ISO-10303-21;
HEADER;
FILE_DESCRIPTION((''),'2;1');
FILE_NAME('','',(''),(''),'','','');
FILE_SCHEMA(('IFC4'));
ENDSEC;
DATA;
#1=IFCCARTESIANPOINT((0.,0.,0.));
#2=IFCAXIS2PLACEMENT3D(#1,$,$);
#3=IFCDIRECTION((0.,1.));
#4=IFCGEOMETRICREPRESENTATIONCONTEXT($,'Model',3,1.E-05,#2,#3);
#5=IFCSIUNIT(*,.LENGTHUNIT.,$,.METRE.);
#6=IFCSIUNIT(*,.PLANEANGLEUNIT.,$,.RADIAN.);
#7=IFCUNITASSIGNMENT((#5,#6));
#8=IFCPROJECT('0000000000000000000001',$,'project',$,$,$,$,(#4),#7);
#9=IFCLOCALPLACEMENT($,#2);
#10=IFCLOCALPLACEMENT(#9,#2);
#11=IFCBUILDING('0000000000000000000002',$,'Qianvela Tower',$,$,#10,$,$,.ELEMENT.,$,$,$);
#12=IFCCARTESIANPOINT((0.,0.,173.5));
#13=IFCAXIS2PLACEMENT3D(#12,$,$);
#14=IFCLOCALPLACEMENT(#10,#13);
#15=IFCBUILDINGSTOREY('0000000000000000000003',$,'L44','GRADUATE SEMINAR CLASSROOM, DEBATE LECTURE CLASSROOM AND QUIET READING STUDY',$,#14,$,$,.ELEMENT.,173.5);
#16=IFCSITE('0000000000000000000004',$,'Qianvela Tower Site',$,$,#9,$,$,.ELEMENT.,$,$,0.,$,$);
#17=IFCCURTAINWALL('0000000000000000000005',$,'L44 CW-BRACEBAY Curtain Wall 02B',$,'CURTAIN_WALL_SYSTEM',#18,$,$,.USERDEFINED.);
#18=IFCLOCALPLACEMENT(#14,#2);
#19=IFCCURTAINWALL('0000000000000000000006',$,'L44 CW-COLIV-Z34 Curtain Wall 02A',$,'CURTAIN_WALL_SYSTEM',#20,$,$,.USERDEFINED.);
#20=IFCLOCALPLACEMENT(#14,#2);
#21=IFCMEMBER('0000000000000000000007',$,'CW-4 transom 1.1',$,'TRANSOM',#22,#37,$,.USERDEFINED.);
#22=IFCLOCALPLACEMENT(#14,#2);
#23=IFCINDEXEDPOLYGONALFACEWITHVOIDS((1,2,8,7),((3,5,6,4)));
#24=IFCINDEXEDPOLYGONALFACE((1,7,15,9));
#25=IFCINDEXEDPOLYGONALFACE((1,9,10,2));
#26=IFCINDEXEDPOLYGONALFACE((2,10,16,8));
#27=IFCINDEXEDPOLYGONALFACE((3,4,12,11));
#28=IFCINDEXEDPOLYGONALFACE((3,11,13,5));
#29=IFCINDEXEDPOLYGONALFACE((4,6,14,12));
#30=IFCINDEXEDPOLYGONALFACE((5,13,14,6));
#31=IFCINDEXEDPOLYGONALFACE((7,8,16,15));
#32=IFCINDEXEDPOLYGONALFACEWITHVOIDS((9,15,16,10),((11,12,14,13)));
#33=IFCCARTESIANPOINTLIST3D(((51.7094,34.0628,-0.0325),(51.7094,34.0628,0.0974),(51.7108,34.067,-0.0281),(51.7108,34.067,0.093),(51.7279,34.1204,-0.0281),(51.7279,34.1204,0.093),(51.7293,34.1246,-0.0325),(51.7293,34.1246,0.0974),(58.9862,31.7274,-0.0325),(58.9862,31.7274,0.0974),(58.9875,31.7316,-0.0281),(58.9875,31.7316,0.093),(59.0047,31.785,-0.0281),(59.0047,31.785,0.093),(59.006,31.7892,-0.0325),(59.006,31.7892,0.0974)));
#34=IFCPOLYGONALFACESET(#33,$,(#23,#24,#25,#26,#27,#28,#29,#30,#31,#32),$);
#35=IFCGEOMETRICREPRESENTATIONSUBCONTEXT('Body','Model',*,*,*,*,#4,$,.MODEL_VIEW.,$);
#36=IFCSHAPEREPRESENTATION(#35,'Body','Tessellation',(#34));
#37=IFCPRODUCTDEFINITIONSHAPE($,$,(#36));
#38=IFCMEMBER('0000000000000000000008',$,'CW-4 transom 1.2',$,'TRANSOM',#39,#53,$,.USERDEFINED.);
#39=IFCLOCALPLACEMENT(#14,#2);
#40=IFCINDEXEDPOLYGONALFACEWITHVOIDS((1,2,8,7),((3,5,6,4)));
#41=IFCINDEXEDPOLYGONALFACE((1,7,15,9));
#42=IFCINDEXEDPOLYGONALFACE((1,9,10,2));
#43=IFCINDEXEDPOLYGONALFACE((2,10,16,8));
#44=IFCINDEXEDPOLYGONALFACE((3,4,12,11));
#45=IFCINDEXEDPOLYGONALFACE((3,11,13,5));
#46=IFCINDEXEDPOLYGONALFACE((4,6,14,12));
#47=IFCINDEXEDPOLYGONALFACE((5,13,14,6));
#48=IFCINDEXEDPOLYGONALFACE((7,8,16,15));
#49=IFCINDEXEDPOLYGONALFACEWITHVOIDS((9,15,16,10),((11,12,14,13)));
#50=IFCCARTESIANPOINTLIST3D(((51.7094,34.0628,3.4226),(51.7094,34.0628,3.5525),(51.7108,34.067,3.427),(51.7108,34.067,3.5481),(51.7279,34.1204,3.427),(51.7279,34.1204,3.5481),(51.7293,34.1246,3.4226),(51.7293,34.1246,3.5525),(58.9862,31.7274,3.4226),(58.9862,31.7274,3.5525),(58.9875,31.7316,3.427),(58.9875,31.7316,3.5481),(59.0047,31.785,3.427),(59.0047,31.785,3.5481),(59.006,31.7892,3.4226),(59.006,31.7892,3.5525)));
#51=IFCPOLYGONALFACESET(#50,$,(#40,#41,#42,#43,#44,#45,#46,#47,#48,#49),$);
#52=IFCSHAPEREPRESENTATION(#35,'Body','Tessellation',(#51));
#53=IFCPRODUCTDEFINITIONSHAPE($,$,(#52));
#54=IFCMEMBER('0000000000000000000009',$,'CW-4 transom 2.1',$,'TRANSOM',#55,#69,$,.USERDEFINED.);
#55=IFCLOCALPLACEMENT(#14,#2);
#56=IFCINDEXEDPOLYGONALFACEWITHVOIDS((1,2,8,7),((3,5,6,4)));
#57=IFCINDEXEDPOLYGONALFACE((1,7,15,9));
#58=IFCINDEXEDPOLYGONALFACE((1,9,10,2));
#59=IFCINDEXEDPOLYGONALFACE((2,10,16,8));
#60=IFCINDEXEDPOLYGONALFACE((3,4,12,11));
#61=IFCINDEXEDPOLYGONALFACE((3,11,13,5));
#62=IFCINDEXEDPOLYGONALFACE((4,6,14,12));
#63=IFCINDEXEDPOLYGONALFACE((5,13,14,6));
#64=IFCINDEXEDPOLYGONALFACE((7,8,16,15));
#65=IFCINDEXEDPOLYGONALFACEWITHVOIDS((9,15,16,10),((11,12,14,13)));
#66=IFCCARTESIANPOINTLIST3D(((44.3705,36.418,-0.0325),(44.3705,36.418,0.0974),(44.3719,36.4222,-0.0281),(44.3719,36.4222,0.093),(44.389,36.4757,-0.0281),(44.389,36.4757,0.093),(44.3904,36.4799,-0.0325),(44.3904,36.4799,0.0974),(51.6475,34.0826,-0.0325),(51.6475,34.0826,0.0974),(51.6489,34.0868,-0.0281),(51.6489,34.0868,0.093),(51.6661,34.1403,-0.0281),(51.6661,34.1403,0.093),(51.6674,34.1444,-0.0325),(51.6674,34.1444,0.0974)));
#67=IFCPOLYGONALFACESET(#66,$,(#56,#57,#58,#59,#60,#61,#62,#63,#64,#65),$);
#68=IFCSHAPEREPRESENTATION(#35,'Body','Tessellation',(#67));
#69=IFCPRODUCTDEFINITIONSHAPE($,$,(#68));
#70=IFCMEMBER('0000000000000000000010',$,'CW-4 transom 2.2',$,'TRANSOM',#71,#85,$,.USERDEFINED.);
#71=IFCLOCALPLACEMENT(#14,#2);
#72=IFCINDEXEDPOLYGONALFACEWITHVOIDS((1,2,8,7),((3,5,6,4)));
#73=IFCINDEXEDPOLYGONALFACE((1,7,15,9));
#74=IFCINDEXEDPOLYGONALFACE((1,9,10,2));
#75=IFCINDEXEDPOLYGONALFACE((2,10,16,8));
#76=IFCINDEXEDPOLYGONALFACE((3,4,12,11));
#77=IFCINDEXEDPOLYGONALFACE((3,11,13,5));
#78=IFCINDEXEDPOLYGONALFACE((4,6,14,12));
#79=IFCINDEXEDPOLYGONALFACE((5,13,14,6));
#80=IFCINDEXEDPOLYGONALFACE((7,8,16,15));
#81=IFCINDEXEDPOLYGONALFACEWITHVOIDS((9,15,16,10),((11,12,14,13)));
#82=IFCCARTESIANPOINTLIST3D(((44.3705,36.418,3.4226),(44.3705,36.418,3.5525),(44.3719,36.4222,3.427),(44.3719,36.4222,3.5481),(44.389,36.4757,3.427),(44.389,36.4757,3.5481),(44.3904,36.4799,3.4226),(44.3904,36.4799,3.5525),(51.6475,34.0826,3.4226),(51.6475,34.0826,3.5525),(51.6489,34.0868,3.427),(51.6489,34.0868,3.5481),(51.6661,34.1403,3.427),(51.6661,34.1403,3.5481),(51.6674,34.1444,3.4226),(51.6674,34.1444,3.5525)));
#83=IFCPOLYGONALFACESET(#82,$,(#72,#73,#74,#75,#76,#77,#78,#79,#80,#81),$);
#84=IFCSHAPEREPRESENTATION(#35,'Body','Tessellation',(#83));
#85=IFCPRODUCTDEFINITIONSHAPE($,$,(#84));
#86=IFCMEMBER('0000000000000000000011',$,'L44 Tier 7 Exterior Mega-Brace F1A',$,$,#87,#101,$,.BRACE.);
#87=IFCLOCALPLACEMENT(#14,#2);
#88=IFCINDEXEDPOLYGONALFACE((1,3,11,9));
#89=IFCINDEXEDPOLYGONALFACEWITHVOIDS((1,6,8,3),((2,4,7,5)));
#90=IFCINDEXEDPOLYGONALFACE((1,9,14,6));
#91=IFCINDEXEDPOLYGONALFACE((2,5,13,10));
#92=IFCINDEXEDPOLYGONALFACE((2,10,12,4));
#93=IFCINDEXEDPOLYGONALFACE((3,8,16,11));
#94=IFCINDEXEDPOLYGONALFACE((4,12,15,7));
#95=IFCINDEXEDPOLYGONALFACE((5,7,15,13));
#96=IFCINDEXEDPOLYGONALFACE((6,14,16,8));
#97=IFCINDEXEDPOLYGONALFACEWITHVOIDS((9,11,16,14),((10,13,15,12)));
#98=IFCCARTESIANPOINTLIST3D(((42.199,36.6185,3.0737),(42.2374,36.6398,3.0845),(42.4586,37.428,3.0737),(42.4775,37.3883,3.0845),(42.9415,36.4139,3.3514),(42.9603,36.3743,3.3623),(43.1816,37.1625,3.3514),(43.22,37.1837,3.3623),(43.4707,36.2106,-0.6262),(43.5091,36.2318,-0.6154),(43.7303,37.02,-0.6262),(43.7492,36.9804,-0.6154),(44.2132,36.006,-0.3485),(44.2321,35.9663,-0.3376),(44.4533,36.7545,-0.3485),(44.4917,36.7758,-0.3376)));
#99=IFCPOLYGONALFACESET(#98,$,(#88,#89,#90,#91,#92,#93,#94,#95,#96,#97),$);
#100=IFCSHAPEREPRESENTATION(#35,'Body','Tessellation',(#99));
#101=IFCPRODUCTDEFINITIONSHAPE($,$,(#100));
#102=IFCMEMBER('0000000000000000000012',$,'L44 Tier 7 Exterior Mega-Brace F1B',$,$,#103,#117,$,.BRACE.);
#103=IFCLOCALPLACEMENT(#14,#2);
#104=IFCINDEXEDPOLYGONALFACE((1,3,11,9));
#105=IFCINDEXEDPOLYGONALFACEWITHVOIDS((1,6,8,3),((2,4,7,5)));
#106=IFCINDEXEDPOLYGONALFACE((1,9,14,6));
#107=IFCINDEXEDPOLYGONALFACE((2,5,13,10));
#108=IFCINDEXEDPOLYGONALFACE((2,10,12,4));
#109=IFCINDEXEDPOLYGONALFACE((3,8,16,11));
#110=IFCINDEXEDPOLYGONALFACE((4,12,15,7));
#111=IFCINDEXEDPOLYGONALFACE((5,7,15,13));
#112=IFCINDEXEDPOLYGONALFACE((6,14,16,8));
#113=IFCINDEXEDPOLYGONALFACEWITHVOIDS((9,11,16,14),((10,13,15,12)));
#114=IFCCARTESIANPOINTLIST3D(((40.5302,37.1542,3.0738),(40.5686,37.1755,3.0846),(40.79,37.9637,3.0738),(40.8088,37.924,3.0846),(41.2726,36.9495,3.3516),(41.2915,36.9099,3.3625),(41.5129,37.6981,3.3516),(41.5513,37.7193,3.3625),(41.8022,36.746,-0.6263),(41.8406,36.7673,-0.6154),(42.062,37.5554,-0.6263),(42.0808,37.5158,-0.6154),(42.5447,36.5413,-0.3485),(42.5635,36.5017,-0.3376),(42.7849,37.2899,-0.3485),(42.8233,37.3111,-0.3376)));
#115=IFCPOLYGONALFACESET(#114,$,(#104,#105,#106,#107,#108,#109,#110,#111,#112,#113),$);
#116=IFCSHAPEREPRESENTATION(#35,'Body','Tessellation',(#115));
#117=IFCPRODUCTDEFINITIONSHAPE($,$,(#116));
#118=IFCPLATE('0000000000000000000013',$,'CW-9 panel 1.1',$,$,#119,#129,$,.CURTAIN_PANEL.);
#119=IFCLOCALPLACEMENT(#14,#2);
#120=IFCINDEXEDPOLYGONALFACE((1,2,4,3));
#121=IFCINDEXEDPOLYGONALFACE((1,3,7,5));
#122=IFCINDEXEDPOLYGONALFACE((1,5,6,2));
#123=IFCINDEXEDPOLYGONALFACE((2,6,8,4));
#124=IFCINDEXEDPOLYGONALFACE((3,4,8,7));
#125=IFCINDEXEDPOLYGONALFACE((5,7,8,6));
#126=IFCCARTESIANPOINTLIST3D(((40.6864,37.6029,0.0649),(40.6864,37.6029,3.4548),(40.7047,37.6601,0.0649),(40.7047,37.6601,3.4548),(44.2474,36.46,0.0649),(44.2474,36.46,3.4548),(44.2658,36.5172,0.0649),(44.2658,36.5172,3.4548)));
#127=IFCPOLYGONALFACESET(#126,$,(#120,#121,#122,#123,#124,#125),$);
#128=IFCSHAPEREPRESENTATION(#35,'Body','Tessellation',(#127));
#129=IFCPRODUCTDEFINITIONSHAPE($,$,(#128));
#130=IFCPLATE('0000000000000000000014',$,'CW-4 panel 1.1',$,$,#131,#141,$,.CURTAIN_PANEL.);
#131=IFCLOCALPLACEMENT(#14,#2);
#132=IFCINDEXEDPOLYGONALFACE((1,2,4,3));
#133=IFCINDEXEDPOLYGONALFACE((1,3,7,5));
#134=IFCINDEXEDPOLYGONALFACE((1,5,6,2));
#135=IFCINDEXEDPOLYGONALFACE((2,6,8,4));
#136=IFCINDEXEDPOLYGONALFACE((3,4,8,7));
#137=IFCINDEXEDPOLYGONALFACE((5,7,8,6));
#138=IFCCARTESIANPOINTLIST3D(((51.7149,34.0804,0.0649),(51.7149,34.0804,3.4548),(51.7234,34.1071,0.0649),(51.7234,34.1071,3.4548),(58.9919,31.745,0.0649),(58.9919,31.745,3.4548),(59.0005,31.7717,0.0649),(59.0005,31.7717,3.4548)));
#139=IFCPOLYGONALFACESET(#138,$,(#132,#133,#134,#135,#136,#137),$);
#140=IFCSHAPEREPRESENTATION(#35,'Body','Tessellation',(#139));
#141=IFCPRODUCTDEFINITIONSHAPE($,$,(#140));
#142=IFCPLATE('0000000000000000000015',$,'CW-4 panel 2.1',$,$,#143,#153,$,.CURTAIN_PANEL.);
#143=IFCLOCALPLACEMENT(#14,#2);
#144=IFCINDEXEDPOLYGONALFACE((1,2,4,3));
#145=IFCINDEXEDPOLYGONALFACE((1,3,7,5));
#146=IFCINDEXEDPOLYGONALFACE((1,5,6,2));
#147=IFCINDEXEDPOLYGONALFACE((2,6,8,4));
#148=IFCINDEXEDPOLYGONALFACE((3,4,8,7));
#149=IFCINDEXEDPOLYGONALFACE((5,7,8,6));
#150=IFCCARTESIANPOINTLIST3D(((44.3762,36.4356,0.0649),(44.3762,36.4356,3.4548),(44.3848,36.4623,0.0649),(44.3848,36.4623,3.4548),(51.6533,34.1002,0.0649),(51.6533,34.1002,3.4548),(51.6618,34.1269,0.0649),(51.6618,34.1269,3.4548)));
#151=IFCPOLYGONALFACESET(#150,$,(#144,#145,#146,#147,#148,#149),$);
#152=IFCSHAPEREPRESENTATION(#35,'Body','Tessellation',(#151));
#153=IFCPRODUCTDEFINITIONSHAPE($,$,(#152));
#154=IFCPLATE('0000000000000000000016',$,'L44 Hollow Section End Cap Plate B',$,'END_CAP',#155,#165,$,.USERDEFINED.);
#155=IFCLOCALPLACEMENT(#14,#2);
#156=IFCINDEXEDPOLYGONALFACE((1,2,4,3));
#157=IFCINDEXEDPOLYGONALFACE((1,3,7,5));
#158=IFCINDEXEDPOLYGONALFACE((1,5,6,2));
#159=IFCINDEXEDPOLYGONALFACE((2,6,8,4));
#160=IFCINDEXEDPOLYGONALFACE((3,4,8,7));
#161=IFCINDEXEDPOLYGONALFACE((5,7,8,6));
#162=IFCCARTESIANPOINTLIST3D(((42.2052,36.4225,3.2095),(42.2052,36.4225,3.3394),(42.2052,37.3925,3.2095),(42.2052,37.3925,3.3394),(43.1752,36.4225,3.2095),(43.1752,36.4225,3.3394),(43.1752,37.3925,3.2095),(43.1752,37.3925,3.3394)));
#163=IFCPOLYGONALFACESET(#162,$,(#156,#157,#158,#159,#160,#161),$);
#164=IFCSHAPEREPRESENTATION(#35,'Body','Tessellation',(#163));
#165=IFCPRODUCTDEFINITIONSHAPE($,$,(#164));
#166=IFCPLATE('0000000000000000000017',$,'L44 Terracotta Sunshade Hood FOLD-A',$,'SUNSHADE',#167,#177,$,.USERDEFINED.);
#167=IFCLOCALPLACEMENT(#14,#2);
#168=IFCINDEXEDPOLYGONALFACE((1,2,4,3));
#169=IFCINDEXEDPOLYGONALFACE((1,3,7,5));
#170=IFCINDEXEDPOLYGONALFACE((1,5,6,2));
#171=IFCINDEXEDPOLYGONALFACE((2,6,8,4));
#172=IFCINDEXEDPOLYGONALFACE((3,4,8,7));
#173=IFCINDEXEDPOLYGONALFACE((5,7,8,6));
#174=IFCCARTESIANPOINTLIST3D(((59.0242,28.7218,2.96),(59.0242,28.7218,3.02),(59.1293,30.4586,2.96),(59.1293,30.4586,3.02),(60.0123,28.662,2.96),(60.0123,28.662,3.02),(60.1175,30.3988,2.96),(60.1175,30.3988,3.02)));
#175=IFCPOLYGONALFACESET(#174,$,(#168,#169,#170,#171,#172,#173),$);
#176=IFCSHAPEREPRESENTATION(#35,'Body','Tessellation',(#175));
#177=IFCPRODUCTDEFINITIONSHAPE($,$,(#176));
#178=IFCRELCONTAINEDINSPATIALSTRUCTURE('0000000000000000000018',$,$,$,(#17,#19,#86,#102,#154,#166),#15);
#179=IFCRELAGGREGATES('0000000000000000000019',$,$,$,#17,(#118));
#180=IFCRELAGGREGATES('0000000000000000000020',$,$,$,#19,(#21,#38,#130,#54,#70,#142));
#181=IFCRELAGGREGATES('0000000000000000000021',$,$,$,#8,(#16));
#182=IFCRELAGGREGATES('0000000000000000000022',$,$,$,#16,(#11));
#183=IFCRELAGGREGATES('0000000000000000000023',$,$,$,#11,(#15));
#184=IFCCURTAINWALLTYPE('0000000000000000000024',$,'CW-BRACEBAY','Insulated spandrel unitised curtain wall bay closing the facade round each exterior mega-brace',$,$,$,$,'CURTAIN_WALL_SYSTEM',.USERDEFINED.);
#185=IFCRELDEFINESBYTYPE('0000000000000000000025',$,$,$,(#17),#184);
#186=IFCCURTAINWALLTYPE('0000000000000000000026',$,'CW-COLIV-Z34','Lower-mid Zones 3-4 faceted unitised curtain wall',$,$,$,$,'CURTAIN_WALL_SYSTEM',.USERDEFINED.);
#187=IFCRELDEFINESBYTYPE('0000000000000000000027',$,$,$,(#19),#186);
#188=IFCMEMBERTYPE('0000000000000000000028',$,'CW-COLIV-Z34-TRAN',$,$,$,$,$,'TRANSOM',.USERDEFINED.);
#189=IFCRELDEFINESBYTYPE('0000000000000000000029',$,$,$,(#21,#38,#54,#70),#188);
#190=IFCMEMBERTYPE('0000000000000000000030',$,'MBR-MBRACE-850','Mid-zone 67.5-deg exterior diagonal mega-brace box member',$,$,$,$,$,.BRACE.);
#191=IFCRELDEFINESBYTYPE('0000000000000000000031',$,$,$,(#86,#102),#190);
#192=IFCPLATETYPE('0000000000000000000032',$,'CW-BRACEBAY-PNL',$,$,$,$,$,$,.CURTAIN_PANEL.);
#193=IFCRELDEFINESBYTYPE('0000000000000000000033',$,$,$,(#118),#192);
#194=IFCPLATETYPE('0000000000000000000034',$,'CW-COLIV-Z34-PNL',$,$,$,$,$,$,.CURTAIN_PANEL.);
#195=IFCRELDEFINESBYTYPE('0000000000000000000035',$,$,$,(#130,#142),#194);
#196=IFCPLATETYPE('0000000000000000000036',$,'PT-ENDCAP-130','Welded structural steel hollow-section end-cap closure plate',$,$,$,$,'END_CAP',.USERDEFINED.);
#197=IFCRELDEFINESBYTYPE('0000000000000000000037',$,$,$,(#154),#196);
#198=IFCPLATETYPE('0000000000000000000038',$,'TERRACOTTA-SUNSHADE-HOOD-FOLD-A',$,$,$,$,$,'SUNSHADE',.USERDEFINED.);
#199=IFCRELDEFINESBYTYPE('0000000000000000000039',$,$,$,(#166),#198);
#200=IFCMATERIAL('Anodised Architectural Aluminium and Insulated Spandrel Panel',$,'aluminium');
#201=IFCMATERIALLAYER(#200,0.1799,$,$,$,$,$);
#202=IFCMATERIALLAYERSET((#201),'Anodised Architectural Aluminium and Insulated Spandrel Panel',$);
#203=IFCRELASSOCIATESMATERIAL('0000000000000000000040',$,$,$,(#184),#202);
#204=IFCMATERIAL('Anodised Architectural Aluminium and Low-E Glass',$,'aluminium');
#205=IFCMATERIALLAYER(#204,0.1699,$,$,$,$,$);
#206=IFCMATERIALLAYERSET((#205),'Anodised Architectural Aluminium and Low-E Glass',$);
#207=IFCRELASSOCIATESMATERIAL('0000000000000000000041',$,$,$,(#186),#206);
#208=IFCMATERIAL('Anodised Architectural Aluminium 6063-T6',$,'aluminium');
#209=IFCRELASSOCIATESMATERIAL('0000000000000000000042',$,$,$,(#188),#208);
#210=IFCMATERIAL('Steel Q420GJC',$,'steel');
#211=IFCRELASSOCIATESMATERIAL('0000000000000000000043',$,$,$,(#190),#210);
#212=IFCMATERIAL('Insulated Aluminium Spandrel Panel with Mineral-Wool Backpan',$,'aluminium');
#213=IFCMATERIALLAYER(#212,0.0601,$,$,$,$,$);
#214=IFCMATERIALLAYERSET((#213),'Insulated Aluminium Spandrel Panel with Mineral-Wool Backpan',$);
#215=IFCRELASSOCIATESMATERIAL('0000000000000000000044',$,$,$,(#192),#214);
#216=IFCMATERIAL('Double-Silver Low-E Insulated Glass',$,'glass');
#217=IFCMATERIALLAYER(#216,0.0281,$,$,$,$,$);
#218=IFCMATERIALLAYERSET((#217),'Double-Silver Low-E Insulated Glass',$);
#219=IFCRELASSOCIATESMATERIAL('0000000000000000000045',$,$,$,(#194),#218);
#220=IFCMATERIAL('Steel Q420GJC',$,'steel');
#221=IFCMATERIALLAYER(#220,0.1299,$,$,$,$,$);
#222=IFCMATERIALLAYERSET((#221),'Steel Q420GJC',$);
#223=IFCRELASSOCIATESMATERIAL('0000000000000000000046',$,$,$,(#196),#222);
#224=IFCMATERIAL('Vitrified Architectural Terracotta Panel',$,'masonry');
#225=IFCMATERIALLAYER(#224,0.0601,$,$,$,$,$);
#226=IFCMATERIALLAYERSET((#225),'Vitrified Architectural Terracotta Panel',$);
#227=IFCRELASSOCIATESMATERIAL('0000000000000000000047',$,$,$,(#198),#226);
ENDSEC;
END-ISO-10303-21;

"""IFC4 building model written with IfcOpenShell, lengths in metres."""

from ifc_helpers import new_model, si_unit, direction, frame, origin, origin_2d, place, context, subcontext, project, spatial, rectangle, hollow_rectangle, extrude, material, layer, layer_set, material_profile, profile_set, type_object, element, aggregate, save


model = new_model("IFC4")

# Units and contexts
model_context = context("Model", 3, precision=1e-05, world=origin(), true_north=direction((0.0, 1.0)))
body_context = subcontext(model_context, "Body", "Model", "MODEL_VIEW")
ifc_project = project(units=[si_unit("LENGTHUNIT", "METRE"), si_unit("PLANEANGLEUNIT", "RADIAN")], contexts=[model_context])

# Site, building, storey
site_placement = place(None, origin())
site = spatial("IfcSite", under=ifc_project, at=site_placement, Name="Qianvela Tower Site", CompositionType="ELEMENT", RefElevation=0.0)
building_placement = place(site_placement, origin())
building = spatial("IfcBuilding", under=site, at=building_placement, Name="Qianvela Tower", CompositionType="ELEMENT")
storey_placement = place(building_placement, frame((0.0, 0.0, 173.5)))
storey = spatial("IfcBuildingStorey", under=building, at=storey_placement, Name="L44", Description="GRADUATE SEMINAR CLASSROOM, DEBATE LECTURE CLASSROOM AND QUIET READING STUDY", CompositionType="ELEMENT", Elevation=173.5)

# Curtain walls, members
ifc_material_1 = material(Name="Anodised Architectural Aluminium and Insulated Spandrel Panel", Category="aluminium")
ifc_layer_1 = layer(ifc_material_1, 0.1799)
ifc_layer_set_1 = layer_set([ifc_layer_1], Name="Anodised Architectural Aluminium and Insulated Spandrel Panel")
curtain_wall_type_1 = type_object("IfcCurtainWallType", Name="CW-BRACEBAY", Description="Insulated spandrel unitised curtain wall bay closing the facade round each exterior mega-brace", ElementType="CURTAIN_WALL_SYSTEM", PredefinedType="USERDEFINED", material=ifc_layer_set_1)
curtain_wall_1_placement = place(storey_placement, origin())
curtain_wall_1 = element("IfcCurtainWall", 1, at=curtain_wall_1_placement, inside=storey, type_object=curtain_wall_type_1, Name="L44 CW-BRACEBAY Curtain Wall 02B", ObjectType="CURTAIN_WALL_SYSTEM", PredefinedType="USERDEFINED")
ifc_material_2 = material(Name="Anodised Architectural Aluminium and Low-E Glass", Category="aluminium")
ifc_layer_2 = layer(ifc_material_2, 0.1699)
ifc_layer_set_2 = layer_set([ifc_layer_2], Name="Anodised Architectural Aluminium and Low-E Glass")
curtain_wall_type_2 = type_object("IfcCurtainWallType", Name="CW-COLIV-Z34", Description="Lower-mid Zones 3-4 faceted unitised curtain wall", ElementType="CURTAIN_WALL_SYSTEM", PredefinedType="USERDEFINED", material=ifc_layer_set_2)
curtain_wall_2_placement = place(storey_placement, origin())
curtain_wall_2 = element("IfcCurtainWall", 2, at=curtain_wall_2_placement, inside=storey, type_object=curtain_wall_type_2, Name="L44 CW-COLIV-Z34 Curtain Wall 02A", ObjectType="CURTAIN_WALL_SYSTEM", PredefinedType="USERDEFINED")
ifc_material_3 = material(Name="Anodised Architectural Aluminium 6063-T6", Category="aluminium")
ifc_material_profile_1 = material_profile(ifc_material_3, hollow_rectangle(XDim=0.0649, YDim=0.1299, WallThickness=0.0044, at=origin_2d()), Name="ALU-TRAN-65x130")
ifc_profile_set_1 = profile_set([ifc_material_profile_1], Name="Anodised Architectural Aluminium 6063-T6")
member_type_1 = type_object("IfcMemberType", Name="CW-COLIV-Z34-TRAN", ElementType="TRANSOM", PredefinedType="USERDEFINED", material=ifc_profile_set_1)
member_1_placement = place(storey_placement, frame((58.9961, 31.7583, 0.0325), z_axis=(-0.952163, 0.305589, 0.0), x_axis=(-0.305589, -0.952163, 0.0)))
member_1 = element("IfcMember", 3, at=member_1_placement, type_object=member_type_1, Name="CW-4 transom 1.1", ObjectType="TRANSOM", PredefinedType="USERDEFINED", context=body_context, shape_type="SweptSolid", body=[
    extrude(hollow_rectangle(XDim=0.0649, YDim=0.1299, WallThickness=0.0044, at=origin_2d()), origin(), (0.0, 0.0, 1.0), 7.6423),
])
member_2_placement = place(storey_placement, frame((58.9961, 31.7583, 3.4875), z_axis=(-0.952163, 0.305589, 0.0), x_axis=(-0.305589, -0.952163, 0.0)))
member_2 = element("IfcMember", 4, at=member_2_placement, type_object=member_type_1, Name="CW-4 transom 1.2", ObjectType="TRANSOM", PredefinedType="USERDEFINED", context=body_context, shape_type="SweptSolid", body=[
    extrude(hollow_rectangle(XDim=0.0649, YDim=0.1299, WallThickness=0.0044, at=origin_2d()), origin(), (0.0, 0.0, 1.0), 7.6423),
])
member_3_placement = place(storey_placement, frame((51.6575, 34.1135, 0.0325), z_axis=(-0.952166, 0.30558, 0.0), x_axis=(-0.30558, -0.952166, 0.0)))
member_3 = element("IfcMember", 5, at=member_3_placement, type_object=member_type_1, Name="CW-4 transom 2.1", ObjectType="TRANSOM", PredefinedType="USERDEFINED", context=body_context, shape_type="SweptSolid", body=[
    extrude(hollow_rectangle(XDim=0.0649, YDim=0.1299, WallThickness=0.0044, at=origin_2d()), origin(), (0.0, 0.0, 1.0), 7.6426),
])
member_4_placement = place(storey_placement, frame((51.6575, 34.1135, 3.4875), z_axis=(-0.952166, 0.30558, 0.0), x_axis=(-0.30558, -0.952166, 0.0)))
member_4 = element("IfcMember", 6, at=member_4_placement, type_object=member_type_1, Name="CW-4 transom 2.2", ObjectType="TRANSOM", PredefinedType="USERDEFINED", context=body_context, shape_type="SweptSolid", body=[
    extrude(hollow_rectangle(XDim=0.0649, YDim=0.1299, WallThickness=0.0044, at=origin_2d()), origin(), (0.0, 0.0, 1.0), 7.6426),
])

# Members
ifc_material_4 = material(Name="Steel Q420GJC", Category="steel")
ifc_material_profile_2 = material_profile(ifc_material_4, hollow_rectangle(XDim=0.8501, YDim=0.8501, WallThickness=0.032, at=origin_2d()), Name="MBOX-850x850x32")
ifc_profile_set_2 = profile_set([ifc_material_profile_2], Name="Steel Q420GJC")
member_type_2 = type_object("IfcMemberType", Name="MBR-MBRACE-850", Description="Mid-zone 67.5-deg exterior diagonal mega-brace box member", PredefinedType="BRACE", material=ifc_profile_set_2)
member_5_placement = place(storey_placement, frame((43.9812, 36.4932, -0.4819), z_axis=(-0.323297, 0.103711, 0.940597), x_axis=(-0.305459, -0.952205, 0.0)))
element("IfcMember", 7, at=member_5_placement, inside=storey, type_object=member_type_2, Name="L44 Tier 7 Exterior Mega-Brace F1A", PredefinedType="BRACE", context=body_context, shape_type="SweptSolid", body=[
    extrude(hollow_rectangle(XDim=0.8501, YDim=0.8501, WallThickness=0.032, at=origin_2d()), origin(), (0.0, 0.0, 1.0), 3.9336),
])
member_6_placement = place(storey_placement, frame((42.3127, 37.0286, -0.4819), z_axis=(-0.323351, 0.10377, 0.940572), x_axis=(-0.305571, -0.952169, 0.0)))
element("IfcMember", 8, at=member_6_placement, inside=storey, type_object=member_type_2, Name="L44 Tier 7 Exterior Mega-Brace F1B", PredefinedType="BRACE", context=body_context, shape_type="SweptSolid", body=[
    extrude(hollow_rectangle(XDim=0.8501, YDim=0.8501, WallThickness=0.032, at=origin_2d()), origin(), (0.0, 0.0, 1.0), 3.9338),
])

# Plates
ifc_material_5 = material(Name="Insulated Aluminium Spandrel Panel with Mineral-Wool Backpan", Category="aluminium")
ifc_layer_3 = layer(ifc_material_5, 0.0601)
ifc_layer_set_3 = layer_set([ifc_layer_3], Name="Insulated Aluminium Spandrel Panel with Mineral-Wool Backpan")
plate_type_1 = type_object("IfcPlateType", Name="CW-BRACEBAY-PNL", PredefinedType="CURTAIN_PANEL", material=ifc_layer_set_3)
plate_1_placement = place(storey_placement, frame((42.4761, 37.0601, 0.0649), z_axis=(0.0, 0.0, 1.0), x_axis=(-0.952166, 0.30558, 0.0)))
plate_1 = element("IfcPlate", 9, at=plate_1_placement, type_object=plate_type_1, Name="CW-9 panel 1.1", PredefinedType="CURTAIN_PANEL", context=body_context, shape_type="SweptSolid", body=[
    extrude(rectangle(XDim=3.74, YDim=0.0601, at=origin_2d()), origin(), (0.0, 0.0, 1.0), 3.3899),
])
aggregate(curtain_wall_1, [plate_1])
ifc_material_6 = material(Name="Double-Silver Low-E Insulated Glass", Category="glass")
ifc_layer_4 = layer(ifc_material_6, 0.0281)
ifc_layer_set_4 = layer_set([ifc_layer_4], Name="Double-Silver Low-E Insulated Glass")
plate_type_2 = type_object("IfcPlateType", Name="CW-COLIV-Z34-PNL", PredefinedType="CURTAIN_PANEL", material=ifc_layer_set_4)
plate_2_placement = place(storey_placement, frame((55.3577, 32.926, 0.0649), z_axis=(0.0, 0.0, 1.0), x_axis=(-0.952168, 0.305576, 0.0)))
plate_2 = element("IfcPlate", 10, at=plate_2_placement, type_object=plate_type_2, Name="CW-4 panel 1.1", PredefinedType="CURTAIN_PANEL", context=body_context, shape_type="SweptSolid", body=[
    extrude(rectangle(XDim=7.6426, YDim=0.0281, at=origin_2d()), origin(), (0.0, 0.0, 1.0), 3.3899),
])
plate_3_placement = place(storey_placement, frame((48.019, 35.2812, 0.0649), z_axis=(0.0, 0.0, 1.0), x_axis=(-0.952168, 0.305576, 0.0)))
plate_3 = element("IfcPlate", 11, at=plate_3_placement, type_object=plate_type_2, Name="CW-4 panel 2.1", PredefinedType="CURTAIN_PANEL", context=body_context, shape_type="SweptSolid", body=[
    extrude(rectangle(XDim=7.6426, YDim=0.0281, at=origin_2d()), origin(), (0.0, 0.0, 1.0), 3.3899),
])
aggregate(curtain_wall_2, [member_1, member_2, plate_2, member_3, member_4, plate_3])

# Plates
ifc_material_7 = material(Name="Steel Q420GJC", Category="steel")
ifc_layer_5 = layer(ifc_material_7, 0.1299)
ifc_layer_set_5 = layer_set([ifc_layer_5], Name="Steel Q420GJC")
plate_type_3 = type_object("IfcPlateType", Name="PT-ENDCAP-130", Description="Welded structural steel hollow-section end-cap closure plate", ElementType="END_CAP", PredefinedType="USERDEFINED", material=ifc_layer_set_5)
plate_4_placement = place(storey_placement, frame((42.6902, 36.9075, 3.2095), z_axis=(0.0, 0.0, 1.0), x_axis=(1.0, 0.0, 0.0)))
element("IfcPlate", 12, at=plate_4_placement, inside=storey, type_object=plate_type_3, Name="L44 Hollow Section End Cap Plate B", ObjectType="END_CAP", PredefinedType="USERDEFINED", context=body_context, shape_type="SweptSolid", body=[
    extrude(rectangle(XDim=0.97, YDim=0.97, at=origin_2d()), origin(), (0.0, 0.0, 1.0), 0.1299),
])
ifc_material_8 = material(Name="Vitrified Architectural Terracotta Panel", Category="masonry")
ifc_layer_6 = layer(ifc_material_8, 0.0601)
ifc_layer_set_6 = layer_set([ifc_layer_6], Name="Vitrified Architectural Terracotta Panel")
plate_type_4 = type_object("IfcPlateType", Name="TERRACOTTA-SUNSHADE-HOOD-FOLD-A", ElementType="SUNSHADE", PredefinedType="USERDEFINED", material=ifc_layer_set_6)
plate_5_placement = place(storey_placement, frame((59.5708, 29.5603, 2.96), z_axis=(0.0, 0.0, 1.0), x_axis=(0.060413, 0.998173, 0.0)))
element("IfcPlate", 13, at=plate_5_placement, inside=storey, type_object=plate_type_4, Name="L44 Terracotta Sunshade Hood FOLD-A", ObjectType="SUNSHADE", PredefinedType="USERDEFINED", context=body_context, shape_type="SweptSolid", body=[
    extrude(rectangle(XDim=1.74, YDim=0.99, at=origin_2d()), origin(), (0.0, 0.0, 1.0), 0.0601),
])

save(model, "model.ifc")
